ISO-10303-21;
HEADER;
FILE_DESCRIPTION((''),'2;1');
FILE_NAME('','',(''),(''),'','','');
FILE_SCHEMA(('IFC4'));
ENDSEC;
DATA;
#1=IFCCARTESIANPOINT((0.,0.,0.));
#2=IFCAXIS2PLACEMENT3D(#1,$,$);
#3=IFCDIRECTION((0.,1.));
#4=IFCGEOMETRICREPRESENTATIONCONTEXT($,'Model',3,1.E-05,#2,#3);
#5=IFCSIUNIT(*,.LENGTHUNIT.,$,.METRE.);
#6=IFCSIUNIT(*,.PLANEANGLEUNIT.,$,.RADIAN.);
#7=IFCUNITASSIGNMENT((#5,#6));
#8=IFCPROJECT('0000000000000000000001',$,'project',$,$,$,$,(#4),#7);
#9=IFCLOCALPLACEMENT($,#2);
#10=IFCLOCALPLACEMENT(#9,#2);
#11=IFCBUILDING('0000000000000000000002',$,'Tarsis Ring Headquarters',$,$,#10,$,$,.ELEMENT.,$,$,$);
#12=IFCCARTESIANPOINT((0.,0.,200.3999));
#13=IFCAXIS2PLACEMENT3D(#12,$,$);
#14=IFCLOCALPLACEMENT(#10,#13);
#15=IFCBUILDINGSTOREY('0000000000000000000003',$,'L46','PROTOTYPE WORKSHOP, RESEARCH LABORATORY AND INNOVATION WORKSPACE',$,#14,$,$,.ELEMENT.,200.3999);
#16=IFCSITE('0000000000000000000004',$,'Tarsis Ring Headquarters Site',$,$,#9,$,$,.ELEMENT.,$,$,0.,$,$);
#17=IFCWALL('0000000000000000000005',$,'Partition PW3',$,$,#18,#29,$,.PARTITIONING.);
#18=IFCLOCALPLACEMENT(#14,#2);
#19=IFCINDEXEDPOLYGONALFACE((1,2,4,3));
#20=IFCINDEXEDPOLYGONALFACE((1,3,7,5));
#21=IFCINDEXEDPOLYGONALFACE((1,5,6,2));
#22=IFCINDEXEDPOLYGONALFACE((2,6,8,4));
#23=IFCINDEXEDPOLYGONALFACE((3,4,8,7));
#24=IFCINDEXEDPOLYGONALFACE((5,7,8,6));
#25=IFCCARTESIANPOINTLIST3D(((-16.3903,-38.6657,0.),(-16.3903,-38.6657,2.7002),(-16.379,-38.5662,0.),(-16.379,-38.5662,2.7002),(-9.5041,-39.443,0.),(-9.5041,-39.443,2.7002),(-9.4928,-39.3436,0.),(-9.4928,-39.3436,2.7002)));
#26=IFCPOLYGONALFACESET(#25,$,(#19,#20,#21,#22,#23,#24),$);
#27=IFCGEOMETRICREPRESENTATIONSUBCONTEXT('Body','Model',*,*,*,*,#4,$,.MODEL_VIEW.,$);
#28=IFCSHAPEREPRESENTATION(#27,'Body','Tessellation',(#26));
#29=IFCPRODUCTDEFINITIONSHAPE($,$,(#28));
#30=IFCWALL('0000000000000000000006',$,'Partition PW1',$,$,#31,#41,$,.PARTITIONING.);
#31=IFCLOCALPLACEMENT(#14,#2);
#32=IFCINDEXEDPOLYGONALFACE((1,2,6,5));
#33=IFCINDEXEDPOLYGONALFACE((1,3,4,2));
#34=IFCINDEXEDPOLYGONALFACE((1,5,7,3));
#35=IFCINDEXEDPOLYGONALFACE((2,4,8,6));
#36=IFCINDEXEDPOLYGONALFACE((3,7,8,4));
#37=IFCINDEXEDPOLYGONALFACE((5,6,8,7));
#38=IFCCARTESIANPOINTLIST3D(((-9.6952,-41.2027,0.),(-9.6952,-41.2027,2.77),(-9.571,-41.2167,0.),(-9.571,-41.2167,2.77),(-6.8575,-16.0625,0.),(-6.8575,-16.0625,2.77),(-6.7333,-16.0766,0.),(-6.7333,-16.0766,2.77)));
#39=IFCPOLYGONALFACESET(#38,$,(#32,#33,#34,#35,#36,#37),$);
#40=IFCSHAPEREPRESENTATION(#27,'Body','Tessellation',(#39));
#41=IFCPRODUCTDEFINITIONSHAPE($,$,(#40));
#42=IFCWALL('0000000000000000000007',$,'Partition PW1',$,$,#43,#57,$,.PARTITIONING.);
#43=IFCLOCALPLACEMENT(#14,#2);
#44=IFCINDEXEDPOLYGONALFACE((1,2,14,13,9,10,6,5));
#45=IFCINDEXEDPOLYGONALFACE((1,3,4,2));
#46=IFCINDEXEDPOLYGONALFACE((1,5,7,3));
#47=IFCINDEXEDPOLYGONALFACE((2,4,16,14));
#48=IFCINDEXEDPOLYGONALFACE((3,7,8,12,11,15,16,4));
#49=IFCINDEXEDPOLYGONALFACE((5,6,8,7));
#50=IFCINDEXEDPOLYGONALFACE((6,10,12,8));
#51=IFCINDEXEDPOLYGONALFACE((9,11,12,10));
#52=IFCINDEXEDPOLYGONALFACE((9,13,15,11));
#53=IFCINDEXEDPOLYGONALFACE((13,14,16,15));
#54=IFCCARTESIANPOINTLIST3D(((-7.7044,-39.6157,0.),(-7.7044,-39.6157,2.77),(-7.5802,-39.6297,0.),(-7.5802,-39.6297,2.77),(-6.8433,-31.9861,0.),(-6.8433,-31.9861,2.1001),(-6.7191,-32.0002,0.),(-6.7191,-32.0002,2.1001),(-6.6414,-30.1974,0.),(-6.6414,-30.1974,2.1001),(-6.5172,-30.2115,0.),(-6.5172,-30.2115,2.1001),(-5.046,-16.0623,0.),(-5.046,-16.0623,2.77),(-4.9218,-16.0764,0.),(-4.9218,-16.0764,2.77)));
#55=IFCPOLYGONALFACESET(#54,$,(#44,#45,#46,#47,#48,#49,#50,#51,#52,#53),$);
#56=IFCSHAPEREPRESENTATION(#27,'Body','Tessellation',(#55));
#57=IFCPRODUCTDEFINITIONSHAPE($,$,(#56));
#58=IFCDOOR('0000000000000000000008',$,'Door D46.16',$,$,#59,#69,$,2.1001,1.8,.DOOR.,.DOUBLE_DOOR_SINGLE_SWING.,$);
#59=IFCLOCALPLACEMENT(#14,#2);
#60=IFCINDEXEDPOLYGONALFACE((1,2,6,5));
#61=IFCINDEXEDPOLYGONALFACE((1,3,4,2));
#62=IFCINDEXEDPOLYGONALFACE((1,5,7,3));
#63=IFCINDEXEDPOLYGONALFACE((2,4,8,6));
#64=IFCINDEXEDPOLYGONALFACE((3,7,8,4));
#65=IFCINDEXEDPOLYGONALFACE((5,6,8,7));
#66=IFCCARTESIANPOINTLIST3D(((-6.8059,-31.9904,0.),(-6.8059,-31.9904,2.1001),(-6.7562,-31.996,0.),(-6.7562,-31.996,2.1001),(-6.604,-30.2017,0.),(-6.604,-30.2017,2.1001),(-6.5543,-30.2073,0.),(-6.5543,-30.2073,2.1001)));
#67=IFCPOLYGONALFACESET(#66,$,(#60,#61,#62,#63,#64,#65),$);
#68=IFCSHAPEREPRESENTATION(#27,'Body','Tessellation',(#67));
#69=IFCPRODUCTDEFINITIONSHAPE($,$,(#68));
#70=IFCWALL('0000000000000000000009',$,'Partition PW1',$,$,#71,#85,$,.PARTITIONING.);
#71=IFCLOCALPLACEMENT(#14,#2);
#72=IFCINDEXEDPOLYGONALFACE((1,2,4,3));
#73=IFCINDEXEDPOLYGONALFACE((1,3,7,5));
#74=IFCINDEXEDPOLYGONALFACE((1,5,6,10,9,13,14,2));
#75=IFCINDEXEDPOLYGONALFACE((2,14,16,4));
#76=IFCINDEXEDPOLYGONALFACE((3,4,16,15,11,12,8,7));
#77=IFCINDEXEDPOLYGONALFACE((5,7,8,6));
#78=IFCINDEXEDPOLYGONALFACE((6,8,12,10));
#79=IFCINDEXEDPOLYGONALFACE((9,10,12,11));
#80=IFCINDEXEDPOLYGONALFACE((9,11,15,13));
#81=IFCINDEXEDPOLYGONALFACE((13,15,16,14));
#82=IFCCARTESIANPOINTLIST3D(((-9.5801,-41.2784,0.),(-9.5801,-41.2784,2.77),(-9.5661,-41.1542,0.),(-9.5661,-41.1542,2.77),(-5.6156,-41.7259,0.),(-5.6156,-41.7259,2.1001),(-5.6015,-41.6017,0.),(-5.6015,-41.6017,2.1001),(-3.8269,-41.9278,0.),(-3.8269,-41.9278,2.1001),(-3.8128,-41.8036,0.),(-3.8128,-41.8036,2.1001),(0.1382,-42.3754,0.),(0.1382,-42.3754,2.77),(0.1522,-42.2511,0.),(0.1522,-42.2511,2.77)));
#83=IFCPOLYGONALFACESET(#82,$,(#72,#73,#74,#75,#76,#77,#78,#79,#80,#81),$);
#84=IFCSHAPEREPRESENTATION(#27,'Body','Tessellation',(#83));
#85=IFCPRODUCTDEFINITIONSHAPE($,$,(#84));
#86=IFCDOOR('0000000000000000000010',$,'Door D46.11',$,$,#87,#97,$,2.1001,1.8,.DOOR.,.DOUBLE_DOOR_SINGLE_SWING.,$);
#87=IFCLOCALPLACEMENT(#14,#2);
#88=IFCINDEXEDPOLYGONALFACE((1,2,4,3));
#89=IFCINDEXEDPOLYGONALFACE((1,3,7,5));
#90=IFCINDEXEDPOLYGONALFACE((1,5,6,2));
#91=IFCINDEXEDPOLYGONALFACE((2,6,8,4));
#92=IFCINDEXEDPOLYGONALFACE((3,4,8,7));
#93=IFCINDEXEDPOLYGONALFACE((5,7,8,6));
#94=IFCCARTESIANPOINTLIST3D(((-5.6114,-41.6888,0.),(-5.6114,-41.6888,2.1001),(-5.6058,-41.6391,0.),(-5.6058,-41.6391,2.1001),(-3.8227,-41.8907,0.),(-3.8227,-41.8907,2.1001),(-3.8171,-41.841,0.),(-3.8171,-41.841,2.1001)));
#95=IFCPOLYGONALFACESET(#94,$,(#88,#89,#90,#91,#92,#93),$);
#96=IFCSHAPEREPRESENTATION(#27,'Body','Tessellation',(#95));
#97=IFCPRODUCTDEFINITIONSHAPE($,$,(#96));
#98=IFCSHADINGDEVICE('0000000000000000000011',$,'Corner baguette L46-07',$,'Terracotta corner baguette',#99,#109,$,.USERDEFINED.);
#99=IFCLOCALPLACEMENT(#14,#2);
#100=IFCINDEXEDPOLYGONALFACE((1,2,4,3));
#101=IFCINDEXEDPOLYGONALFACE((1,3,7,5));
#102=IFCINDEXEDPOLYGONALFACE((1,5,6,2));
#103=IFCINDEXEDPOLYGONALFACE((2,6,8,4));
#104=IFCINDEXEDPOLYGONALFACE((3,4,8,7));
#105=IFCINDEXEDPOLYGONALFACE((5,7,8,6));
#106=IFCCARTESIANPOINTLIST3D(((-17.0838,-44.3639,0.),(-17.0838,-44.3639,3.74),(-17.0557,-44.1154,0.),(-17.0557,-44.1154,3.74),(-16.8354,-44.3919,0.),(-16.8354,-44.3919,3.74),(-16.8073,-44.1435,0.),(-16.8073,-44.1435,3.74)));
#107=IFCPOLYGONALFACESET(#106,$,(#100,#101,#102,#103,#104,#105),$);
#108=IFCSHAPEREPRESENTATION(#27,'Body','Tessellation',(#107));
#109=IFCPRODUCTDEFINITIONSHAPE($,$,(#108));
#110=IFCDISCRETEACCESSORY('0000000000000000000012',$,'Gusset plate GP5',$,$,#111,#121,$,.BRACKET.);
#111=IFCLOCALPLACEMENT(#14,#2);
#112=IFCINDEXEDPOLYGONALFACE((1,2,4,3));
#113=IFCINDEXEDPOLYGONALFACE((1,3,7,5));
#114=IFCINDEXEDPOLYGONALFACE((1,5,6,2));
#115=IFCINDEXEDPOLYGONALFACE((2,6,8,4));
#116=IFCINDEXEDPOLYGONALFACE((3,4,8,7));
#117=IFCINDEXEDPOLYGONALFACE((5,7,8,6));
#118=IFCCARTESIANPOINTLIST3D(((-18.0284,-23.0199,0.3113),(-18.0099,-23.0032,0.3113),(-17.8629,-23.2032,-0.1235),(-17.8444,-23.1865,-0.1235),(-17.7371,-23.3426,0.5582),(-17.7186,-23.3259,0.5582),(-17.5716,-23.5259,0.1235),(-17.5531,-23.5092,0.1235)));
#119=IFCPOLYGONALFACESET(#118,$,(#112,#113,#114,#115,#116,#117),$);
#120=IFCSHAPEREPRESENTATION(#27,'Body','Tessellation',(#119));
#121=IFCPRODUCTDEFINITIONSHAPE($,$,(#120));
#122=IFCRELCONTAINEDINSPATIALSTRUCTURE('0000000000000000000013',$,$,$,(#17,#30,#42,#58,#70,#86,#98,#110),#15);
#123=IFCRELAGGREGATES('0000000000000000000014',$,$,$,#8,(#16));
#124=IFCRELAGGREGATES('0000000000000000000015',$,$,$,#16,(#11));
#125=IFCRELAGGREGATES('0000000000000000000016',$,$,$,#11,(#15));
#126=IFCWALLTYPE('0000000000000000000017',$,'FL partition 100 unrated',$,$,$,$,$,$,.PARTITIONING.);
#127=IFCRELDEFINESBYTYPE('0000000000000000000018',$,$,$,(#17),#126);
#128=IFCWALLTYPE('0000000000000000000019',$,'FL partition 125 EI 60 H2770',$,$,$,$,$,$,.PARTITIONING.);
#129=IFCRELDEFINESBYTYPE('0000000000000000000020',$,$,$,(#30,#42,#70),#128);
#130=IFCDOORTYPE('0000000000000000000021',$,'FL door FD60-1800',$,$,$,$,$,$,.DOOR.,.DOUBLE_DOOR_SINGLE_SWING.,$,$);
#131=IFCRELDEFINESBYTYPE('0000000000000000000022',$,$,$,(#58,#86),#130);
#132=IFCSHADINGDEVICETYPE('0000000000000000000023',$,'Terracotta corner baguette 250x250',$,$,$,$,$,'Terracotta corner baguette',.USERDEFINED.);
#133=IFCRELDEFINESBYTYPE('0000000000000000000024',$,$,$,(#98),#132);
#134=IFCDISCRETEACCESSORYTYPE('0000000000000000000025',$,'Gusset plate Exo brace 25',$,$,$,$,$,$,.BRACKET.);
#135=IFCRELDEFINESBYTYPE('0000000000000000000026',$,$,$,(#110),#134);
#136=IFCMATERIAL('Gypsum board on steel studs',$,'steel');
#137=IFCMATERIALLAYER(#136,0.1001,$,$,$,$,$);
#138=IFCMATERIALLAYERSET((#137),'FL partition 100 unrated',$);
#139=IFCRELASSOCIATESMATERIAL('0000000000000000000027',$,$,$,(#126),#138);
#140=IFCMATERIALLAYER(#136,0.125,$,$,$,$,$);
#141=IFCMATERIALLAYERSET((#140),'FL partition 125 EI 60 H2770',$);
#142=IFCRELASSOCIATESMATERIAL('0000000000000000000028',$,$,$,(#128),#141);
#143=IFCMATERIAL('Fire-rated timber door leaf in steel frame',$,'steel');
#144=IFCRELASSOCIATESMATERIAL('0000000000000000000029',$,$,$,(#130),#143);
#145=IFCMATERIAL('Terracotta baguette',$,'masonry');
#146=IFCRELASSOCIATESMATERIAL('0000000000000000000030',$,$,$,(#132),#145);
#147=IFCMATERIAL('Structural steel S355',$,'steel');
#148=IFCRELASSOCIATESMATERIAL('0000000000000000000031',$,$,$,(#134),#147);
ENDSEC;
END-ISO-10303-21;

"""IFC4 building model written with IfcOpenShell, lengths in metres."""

from ifc_helpers import new_model, si_unit, direction, frame, frame_2d, origin, origin_2d, place, context, subcontext, project, spatial, rectangle, extrude, material, layer, layer_set, material_profile, profile_set, type_object, element, fill, save


model = new_model("IFC4")

# Units and contexts
model_context = context("Model", 3, precision=1e-05, world=origin(), true_north=direction((0.0, 1.0)))
body_context = subcontext(model_context, "Body", "Model", "MODEL_VIEW")
ifc_project = project(units=[si_unit("LENGTHUNIT", "METRE"), si_unit("PLANEANGLEUNIT", "RADIAN")], contexts=[model_context])

# Site, building, storey
site_placement = place(None, origin())
site = spatial("IfcSite", under=ifc_project, at=site_placement, Name="Tarsis Ring Headquarters Site", CompositionType="ELEMENT", RefElevation=0.0)
building_placement = place(site_placement, origin())
building = spatial("IfcBuilding", under=site, at=building_placement, Name="Tarsis Ring Headquarters", CompositionType="ELEMENT")
storey_placement = place(building_placement, frame((0.0, 0.0, 200.3999)))
storey = spatial("IfcBuildingStorey", under=building, at=storey_placement, Name="L46", Description="PROTOTYPE WORKSHOP, RESEARCH LABORATORY AND INNOVATION WORKSPACE", CompositionType="ELEMENT", Elevation=200.3999)

# Shared definitions
ifc_material_1 = material(Name="Structural steel S355", Category="steel")

# Walls
ifc_material_2 = material(Name="Gypsum board on steel studs", Category="steel")
ifc_layer_1 = layer(ifc_material_2, 0.1001)
ifc_layer_set_1 = layer_set([ifc_layer_1], Name="FL partition 100 unrated")
wall_type_1 = type_object("IfcWallType", Name="FL partition 100 unrated", PredefinedType="PARTITIONING", material=ifc_layer_set_1)
wall_1_placement = place(storey_placement, frame((-16.3845, -38.616, 0.0), z_axis=(0.0, 0.0, 1.0), x_axis=(0.993689, -0.112171, 0.0)))
element("IfcWall", 1, at=wall_1_placement, inside=storey, type_object=wall_type_1, Name="Partition PW3", PredefinedType="PARTITIONING", context=body_context, shape_type="SweptSolid", body=[
    extrude(rectangle(XDim=6.9299, YDim=0.1001, at=frame_2d((3.4648, 0.0))), origin(), (0.0, 0.0, 1.0), 2.7002),
])
ifc_layer_2 = layer(ifc_material_2, 0.125)
ifc_layer_set_2 = layer_set([ifc_layer_2], Name="FL partition 125 EI 60 H2770")
wall_type_2 = type_object("IfcWallType", Name="FL partition 125 EI 60 H2770", PredefinedType="PARTITIONING", material=ifc_layer_set_2)
wall_2_placement = place(storey_placement, frame((-9.6331, -41.2097, 0.0), z_axis=(0.0, 0.0, 1.0), x_axis=(0.112161, 0.99369, 0.0)))
element("IfcWall", 2, at=wall_2_placement, inside=storey, type_object=wall_type_2, Name="Partition PW1", PredefinedType="PARTITIONING", context=body_context, shape_type="SweptSolid", body=[
    extrude(rectangle(XDim=25.2998, YDim=0.125, at=frame_2d((12.6499, 0.0))), origin(), (0.0, 0.0, 1.0), 2.77),
])

# Walls, openings, doors
wall_3_placement = place(storey_placement, frame((-7.6423, -39.6228, 0.0), z_axis=(0.0, 0.0, 1.0), x_axis=(0.112158, 0.99369, 0.0)))
wall_3 = element("IfcWall", 3, at=wall_3_placement, inside=storey, type_object=wall_type_2, Name="Partition PW1", PredefinedType="PARTITIONING", context=body_context, shape_type="SweptSolid", body=[
    extrude(rectangle(XDim=23.7029, YDim=0.125, at=frame_2d((11.8516, 0.0))), origin(), (0.0, 0.0, 1.0), 2.77),
])
opening_1_placement = place(wall_3_placement, frame((7.6782, 0.0, 0.0)))
opening_1 = element("IfcOpeningElement", 4, at=opening_1_placement, cuts=wall_3, PredefinedType="OPENING", context=body_context, shape_type="SweptSolid", body=[
    extrude(rectangle(XDim=1.8, YDim=2.1001, at=frame_2d((0.8999, 1.05))), frame((0.0, 0.0725, 0.0), z_axis=(0.0, -1.0, 0.0), x_axis=(1.0, 0.0, 0.0)), (0.0, 0.0, 1.0), 0.145),
])
ifc_material_3 = material(Name="Fire-rated timber door leaf in steel frame", Category="steel")
door_type = type_object("IfcDoorType", Name="FL door FD60-1800", OperationType="DOUBLE_DOOR_SINGLE_SWING", PredefinedType="DOOR", material=ifc_material_3)
door_1_placement = place(opening_1_placement, origin())
door_1 = element("IfcDoor", 5, at=door_1_placement, inside=storey, type_object=door_type, Name="Door D46.16", OperationType="DOUBLE_DOOR_SINGLE_SWING", OverallHeight=2.1001, OverallWidth=1.8, PredefinedType="DOOR", context=body_context, shape_type="SweptSolid", body=[
    extrude(rectangle(XDim=1.8, YDim=2.1001, at=frame_2d((0.8999, 1.05))), frame((0.0, 0.0249, 0.0), z_axis=(0.0, -1.0, 0.0), x_axis=(1.0, 0.0, 0.0)), (0.0, 0.0, 1.0), 0.05),
])
fill(opening_1, door_1)
wall_4_placement = place(storey_placement, frame((-9.5732, -41.2163, 0.0), z_axis=(0.0, 0.0, 1.0), x_axis=(0.99369, -0.11216, 0.0)))
wall_4 = element("IfcWall", 6, at=wall_4_placement, inside=storey, type_object=wall_type_2, Name="Partition PW1", PredefinedType="PARTITIONING", context=body_context, shape_type="SweptSolid", body=[
    extrude(rectangle(XDim=9.78, YDim=0.125, at=frame_2d((4.8901, 0.0))), origin(), (0.0, 0.0, 1.0), 2.77),
])
opening_2_placement = place(wall_4_placement, frame((3.99, 0.0, 0.0)))
opening_2 = element("IfcOpeningElement", 7, at=opening_2_placement, cuts=wall_4, PredefinedType="OPENING", context=body_context, shape_type="SweptSolid", body=[
    extrude(rectangle(XDim=1.8, YDim=2.1001, at=frame_2d((0.8999, 1.05))), frame((0.0, 0.0725, 0.0), z_axis=(0.0, -1.0, 0.0), x_axis=(1.0, 0.0, 0.0)), (0.0, 0.0, 1.0), 0.145),
])
door_2_placement = place(opening_2_placement, origin())
door_2 = element("IfcDoor", 8, at=door_2_placement, inside=storey, type_object=door_type, Name="Door D46.11", OperationType="DOUBLE_DOOR_SINGLE_SWING", OverallHeight=2.1001, OverallWidth=1.8, PredefinedType="DOOR", context=body_context, shape_type="SweptSolid", body=[
    extrude(rectangle(XDim=1.8, YDim=2.1001, at=frame_2d((0.8999, 1.05))), frame((0.0, 0.0249, 0.0), z_axis=(0.0, -1.0, 0.0), x_axis=(1.0, 0.0, 0.0)), (0.0, 0.0, 1.0), 0.05),
])
fill(opening_2, door_2)

# Shading device
ifc_material_4 = material(Name="Terracotta baguette", Category="masonry")
shading_device_type_1 = type_object("IfcShadingDeviceType", Name="Terracotta corner baguette 250x250", ElementType="Terracotta corner baguette", PredefinedType="USERDEFINED", material=ifc_material_4)
shading_device_1_placement = place(storey_placement, frame((-16.9456, -44.2537, 0.0), z_axis=(0.0, 0.0, 1.0), x_axis=(-0.112163, -0.99369, 0.0)))
element("IfcShadingDevice", 9, at=shading_device_1_placement, inside=storey, type_object=shading_device_type_1, Name="Corner baguette L46-07", ObjectType="Terracotta corner baguette", PredefinedType="USERDEFINED", context=body_context, shape_type="SweptSolid", body=[
    extrude(rectangle(XDim=0.25, YDim=0.25, at=origin_2d()), origin(), (0.0, 0.0, 1.0), 3.74),
])

# Discrete accessory
ifc_material_profile_1 = material_profile(ifc_material_1, rectangle(XDim=0.0249, YDim=0.5, at=origin_2d()), Name="PL 25x500")
ifc_profile_set_1 = profile_set([ifc_material_profile_1], Name="Structural steel S355")
discrete_accessory_type = type_object("IfcDiscreteAccessoryType", Name="Gusset plate Exo brace 25", PredefinedType="BRACKET", material=ifc_profile_set_1)
discrete_accessory_placement = place(storey_placement, frame((-17.708, -23.3562, 0.0), z_axis=(-0.331002, 0.366641, 0.86949), x_axis=(-0.742261, -0.670111, 0.0)))
element("IfcDiscreteAccessory", 10, at=discrete_accessory_placement, inside=storey, type_object=discrete_accessory_type, Name="Gusset plate GP5", PredefinedType="BRACKET", context=body_context, shape_type="SweptSolid", body=[
    extrude(rectangle(XDim=0.0249, YDim=0.5, at=origin_2d()), origin(), (0.0, 0.0, 1.0), 0.5),
])

save(model, "model.ifc")
